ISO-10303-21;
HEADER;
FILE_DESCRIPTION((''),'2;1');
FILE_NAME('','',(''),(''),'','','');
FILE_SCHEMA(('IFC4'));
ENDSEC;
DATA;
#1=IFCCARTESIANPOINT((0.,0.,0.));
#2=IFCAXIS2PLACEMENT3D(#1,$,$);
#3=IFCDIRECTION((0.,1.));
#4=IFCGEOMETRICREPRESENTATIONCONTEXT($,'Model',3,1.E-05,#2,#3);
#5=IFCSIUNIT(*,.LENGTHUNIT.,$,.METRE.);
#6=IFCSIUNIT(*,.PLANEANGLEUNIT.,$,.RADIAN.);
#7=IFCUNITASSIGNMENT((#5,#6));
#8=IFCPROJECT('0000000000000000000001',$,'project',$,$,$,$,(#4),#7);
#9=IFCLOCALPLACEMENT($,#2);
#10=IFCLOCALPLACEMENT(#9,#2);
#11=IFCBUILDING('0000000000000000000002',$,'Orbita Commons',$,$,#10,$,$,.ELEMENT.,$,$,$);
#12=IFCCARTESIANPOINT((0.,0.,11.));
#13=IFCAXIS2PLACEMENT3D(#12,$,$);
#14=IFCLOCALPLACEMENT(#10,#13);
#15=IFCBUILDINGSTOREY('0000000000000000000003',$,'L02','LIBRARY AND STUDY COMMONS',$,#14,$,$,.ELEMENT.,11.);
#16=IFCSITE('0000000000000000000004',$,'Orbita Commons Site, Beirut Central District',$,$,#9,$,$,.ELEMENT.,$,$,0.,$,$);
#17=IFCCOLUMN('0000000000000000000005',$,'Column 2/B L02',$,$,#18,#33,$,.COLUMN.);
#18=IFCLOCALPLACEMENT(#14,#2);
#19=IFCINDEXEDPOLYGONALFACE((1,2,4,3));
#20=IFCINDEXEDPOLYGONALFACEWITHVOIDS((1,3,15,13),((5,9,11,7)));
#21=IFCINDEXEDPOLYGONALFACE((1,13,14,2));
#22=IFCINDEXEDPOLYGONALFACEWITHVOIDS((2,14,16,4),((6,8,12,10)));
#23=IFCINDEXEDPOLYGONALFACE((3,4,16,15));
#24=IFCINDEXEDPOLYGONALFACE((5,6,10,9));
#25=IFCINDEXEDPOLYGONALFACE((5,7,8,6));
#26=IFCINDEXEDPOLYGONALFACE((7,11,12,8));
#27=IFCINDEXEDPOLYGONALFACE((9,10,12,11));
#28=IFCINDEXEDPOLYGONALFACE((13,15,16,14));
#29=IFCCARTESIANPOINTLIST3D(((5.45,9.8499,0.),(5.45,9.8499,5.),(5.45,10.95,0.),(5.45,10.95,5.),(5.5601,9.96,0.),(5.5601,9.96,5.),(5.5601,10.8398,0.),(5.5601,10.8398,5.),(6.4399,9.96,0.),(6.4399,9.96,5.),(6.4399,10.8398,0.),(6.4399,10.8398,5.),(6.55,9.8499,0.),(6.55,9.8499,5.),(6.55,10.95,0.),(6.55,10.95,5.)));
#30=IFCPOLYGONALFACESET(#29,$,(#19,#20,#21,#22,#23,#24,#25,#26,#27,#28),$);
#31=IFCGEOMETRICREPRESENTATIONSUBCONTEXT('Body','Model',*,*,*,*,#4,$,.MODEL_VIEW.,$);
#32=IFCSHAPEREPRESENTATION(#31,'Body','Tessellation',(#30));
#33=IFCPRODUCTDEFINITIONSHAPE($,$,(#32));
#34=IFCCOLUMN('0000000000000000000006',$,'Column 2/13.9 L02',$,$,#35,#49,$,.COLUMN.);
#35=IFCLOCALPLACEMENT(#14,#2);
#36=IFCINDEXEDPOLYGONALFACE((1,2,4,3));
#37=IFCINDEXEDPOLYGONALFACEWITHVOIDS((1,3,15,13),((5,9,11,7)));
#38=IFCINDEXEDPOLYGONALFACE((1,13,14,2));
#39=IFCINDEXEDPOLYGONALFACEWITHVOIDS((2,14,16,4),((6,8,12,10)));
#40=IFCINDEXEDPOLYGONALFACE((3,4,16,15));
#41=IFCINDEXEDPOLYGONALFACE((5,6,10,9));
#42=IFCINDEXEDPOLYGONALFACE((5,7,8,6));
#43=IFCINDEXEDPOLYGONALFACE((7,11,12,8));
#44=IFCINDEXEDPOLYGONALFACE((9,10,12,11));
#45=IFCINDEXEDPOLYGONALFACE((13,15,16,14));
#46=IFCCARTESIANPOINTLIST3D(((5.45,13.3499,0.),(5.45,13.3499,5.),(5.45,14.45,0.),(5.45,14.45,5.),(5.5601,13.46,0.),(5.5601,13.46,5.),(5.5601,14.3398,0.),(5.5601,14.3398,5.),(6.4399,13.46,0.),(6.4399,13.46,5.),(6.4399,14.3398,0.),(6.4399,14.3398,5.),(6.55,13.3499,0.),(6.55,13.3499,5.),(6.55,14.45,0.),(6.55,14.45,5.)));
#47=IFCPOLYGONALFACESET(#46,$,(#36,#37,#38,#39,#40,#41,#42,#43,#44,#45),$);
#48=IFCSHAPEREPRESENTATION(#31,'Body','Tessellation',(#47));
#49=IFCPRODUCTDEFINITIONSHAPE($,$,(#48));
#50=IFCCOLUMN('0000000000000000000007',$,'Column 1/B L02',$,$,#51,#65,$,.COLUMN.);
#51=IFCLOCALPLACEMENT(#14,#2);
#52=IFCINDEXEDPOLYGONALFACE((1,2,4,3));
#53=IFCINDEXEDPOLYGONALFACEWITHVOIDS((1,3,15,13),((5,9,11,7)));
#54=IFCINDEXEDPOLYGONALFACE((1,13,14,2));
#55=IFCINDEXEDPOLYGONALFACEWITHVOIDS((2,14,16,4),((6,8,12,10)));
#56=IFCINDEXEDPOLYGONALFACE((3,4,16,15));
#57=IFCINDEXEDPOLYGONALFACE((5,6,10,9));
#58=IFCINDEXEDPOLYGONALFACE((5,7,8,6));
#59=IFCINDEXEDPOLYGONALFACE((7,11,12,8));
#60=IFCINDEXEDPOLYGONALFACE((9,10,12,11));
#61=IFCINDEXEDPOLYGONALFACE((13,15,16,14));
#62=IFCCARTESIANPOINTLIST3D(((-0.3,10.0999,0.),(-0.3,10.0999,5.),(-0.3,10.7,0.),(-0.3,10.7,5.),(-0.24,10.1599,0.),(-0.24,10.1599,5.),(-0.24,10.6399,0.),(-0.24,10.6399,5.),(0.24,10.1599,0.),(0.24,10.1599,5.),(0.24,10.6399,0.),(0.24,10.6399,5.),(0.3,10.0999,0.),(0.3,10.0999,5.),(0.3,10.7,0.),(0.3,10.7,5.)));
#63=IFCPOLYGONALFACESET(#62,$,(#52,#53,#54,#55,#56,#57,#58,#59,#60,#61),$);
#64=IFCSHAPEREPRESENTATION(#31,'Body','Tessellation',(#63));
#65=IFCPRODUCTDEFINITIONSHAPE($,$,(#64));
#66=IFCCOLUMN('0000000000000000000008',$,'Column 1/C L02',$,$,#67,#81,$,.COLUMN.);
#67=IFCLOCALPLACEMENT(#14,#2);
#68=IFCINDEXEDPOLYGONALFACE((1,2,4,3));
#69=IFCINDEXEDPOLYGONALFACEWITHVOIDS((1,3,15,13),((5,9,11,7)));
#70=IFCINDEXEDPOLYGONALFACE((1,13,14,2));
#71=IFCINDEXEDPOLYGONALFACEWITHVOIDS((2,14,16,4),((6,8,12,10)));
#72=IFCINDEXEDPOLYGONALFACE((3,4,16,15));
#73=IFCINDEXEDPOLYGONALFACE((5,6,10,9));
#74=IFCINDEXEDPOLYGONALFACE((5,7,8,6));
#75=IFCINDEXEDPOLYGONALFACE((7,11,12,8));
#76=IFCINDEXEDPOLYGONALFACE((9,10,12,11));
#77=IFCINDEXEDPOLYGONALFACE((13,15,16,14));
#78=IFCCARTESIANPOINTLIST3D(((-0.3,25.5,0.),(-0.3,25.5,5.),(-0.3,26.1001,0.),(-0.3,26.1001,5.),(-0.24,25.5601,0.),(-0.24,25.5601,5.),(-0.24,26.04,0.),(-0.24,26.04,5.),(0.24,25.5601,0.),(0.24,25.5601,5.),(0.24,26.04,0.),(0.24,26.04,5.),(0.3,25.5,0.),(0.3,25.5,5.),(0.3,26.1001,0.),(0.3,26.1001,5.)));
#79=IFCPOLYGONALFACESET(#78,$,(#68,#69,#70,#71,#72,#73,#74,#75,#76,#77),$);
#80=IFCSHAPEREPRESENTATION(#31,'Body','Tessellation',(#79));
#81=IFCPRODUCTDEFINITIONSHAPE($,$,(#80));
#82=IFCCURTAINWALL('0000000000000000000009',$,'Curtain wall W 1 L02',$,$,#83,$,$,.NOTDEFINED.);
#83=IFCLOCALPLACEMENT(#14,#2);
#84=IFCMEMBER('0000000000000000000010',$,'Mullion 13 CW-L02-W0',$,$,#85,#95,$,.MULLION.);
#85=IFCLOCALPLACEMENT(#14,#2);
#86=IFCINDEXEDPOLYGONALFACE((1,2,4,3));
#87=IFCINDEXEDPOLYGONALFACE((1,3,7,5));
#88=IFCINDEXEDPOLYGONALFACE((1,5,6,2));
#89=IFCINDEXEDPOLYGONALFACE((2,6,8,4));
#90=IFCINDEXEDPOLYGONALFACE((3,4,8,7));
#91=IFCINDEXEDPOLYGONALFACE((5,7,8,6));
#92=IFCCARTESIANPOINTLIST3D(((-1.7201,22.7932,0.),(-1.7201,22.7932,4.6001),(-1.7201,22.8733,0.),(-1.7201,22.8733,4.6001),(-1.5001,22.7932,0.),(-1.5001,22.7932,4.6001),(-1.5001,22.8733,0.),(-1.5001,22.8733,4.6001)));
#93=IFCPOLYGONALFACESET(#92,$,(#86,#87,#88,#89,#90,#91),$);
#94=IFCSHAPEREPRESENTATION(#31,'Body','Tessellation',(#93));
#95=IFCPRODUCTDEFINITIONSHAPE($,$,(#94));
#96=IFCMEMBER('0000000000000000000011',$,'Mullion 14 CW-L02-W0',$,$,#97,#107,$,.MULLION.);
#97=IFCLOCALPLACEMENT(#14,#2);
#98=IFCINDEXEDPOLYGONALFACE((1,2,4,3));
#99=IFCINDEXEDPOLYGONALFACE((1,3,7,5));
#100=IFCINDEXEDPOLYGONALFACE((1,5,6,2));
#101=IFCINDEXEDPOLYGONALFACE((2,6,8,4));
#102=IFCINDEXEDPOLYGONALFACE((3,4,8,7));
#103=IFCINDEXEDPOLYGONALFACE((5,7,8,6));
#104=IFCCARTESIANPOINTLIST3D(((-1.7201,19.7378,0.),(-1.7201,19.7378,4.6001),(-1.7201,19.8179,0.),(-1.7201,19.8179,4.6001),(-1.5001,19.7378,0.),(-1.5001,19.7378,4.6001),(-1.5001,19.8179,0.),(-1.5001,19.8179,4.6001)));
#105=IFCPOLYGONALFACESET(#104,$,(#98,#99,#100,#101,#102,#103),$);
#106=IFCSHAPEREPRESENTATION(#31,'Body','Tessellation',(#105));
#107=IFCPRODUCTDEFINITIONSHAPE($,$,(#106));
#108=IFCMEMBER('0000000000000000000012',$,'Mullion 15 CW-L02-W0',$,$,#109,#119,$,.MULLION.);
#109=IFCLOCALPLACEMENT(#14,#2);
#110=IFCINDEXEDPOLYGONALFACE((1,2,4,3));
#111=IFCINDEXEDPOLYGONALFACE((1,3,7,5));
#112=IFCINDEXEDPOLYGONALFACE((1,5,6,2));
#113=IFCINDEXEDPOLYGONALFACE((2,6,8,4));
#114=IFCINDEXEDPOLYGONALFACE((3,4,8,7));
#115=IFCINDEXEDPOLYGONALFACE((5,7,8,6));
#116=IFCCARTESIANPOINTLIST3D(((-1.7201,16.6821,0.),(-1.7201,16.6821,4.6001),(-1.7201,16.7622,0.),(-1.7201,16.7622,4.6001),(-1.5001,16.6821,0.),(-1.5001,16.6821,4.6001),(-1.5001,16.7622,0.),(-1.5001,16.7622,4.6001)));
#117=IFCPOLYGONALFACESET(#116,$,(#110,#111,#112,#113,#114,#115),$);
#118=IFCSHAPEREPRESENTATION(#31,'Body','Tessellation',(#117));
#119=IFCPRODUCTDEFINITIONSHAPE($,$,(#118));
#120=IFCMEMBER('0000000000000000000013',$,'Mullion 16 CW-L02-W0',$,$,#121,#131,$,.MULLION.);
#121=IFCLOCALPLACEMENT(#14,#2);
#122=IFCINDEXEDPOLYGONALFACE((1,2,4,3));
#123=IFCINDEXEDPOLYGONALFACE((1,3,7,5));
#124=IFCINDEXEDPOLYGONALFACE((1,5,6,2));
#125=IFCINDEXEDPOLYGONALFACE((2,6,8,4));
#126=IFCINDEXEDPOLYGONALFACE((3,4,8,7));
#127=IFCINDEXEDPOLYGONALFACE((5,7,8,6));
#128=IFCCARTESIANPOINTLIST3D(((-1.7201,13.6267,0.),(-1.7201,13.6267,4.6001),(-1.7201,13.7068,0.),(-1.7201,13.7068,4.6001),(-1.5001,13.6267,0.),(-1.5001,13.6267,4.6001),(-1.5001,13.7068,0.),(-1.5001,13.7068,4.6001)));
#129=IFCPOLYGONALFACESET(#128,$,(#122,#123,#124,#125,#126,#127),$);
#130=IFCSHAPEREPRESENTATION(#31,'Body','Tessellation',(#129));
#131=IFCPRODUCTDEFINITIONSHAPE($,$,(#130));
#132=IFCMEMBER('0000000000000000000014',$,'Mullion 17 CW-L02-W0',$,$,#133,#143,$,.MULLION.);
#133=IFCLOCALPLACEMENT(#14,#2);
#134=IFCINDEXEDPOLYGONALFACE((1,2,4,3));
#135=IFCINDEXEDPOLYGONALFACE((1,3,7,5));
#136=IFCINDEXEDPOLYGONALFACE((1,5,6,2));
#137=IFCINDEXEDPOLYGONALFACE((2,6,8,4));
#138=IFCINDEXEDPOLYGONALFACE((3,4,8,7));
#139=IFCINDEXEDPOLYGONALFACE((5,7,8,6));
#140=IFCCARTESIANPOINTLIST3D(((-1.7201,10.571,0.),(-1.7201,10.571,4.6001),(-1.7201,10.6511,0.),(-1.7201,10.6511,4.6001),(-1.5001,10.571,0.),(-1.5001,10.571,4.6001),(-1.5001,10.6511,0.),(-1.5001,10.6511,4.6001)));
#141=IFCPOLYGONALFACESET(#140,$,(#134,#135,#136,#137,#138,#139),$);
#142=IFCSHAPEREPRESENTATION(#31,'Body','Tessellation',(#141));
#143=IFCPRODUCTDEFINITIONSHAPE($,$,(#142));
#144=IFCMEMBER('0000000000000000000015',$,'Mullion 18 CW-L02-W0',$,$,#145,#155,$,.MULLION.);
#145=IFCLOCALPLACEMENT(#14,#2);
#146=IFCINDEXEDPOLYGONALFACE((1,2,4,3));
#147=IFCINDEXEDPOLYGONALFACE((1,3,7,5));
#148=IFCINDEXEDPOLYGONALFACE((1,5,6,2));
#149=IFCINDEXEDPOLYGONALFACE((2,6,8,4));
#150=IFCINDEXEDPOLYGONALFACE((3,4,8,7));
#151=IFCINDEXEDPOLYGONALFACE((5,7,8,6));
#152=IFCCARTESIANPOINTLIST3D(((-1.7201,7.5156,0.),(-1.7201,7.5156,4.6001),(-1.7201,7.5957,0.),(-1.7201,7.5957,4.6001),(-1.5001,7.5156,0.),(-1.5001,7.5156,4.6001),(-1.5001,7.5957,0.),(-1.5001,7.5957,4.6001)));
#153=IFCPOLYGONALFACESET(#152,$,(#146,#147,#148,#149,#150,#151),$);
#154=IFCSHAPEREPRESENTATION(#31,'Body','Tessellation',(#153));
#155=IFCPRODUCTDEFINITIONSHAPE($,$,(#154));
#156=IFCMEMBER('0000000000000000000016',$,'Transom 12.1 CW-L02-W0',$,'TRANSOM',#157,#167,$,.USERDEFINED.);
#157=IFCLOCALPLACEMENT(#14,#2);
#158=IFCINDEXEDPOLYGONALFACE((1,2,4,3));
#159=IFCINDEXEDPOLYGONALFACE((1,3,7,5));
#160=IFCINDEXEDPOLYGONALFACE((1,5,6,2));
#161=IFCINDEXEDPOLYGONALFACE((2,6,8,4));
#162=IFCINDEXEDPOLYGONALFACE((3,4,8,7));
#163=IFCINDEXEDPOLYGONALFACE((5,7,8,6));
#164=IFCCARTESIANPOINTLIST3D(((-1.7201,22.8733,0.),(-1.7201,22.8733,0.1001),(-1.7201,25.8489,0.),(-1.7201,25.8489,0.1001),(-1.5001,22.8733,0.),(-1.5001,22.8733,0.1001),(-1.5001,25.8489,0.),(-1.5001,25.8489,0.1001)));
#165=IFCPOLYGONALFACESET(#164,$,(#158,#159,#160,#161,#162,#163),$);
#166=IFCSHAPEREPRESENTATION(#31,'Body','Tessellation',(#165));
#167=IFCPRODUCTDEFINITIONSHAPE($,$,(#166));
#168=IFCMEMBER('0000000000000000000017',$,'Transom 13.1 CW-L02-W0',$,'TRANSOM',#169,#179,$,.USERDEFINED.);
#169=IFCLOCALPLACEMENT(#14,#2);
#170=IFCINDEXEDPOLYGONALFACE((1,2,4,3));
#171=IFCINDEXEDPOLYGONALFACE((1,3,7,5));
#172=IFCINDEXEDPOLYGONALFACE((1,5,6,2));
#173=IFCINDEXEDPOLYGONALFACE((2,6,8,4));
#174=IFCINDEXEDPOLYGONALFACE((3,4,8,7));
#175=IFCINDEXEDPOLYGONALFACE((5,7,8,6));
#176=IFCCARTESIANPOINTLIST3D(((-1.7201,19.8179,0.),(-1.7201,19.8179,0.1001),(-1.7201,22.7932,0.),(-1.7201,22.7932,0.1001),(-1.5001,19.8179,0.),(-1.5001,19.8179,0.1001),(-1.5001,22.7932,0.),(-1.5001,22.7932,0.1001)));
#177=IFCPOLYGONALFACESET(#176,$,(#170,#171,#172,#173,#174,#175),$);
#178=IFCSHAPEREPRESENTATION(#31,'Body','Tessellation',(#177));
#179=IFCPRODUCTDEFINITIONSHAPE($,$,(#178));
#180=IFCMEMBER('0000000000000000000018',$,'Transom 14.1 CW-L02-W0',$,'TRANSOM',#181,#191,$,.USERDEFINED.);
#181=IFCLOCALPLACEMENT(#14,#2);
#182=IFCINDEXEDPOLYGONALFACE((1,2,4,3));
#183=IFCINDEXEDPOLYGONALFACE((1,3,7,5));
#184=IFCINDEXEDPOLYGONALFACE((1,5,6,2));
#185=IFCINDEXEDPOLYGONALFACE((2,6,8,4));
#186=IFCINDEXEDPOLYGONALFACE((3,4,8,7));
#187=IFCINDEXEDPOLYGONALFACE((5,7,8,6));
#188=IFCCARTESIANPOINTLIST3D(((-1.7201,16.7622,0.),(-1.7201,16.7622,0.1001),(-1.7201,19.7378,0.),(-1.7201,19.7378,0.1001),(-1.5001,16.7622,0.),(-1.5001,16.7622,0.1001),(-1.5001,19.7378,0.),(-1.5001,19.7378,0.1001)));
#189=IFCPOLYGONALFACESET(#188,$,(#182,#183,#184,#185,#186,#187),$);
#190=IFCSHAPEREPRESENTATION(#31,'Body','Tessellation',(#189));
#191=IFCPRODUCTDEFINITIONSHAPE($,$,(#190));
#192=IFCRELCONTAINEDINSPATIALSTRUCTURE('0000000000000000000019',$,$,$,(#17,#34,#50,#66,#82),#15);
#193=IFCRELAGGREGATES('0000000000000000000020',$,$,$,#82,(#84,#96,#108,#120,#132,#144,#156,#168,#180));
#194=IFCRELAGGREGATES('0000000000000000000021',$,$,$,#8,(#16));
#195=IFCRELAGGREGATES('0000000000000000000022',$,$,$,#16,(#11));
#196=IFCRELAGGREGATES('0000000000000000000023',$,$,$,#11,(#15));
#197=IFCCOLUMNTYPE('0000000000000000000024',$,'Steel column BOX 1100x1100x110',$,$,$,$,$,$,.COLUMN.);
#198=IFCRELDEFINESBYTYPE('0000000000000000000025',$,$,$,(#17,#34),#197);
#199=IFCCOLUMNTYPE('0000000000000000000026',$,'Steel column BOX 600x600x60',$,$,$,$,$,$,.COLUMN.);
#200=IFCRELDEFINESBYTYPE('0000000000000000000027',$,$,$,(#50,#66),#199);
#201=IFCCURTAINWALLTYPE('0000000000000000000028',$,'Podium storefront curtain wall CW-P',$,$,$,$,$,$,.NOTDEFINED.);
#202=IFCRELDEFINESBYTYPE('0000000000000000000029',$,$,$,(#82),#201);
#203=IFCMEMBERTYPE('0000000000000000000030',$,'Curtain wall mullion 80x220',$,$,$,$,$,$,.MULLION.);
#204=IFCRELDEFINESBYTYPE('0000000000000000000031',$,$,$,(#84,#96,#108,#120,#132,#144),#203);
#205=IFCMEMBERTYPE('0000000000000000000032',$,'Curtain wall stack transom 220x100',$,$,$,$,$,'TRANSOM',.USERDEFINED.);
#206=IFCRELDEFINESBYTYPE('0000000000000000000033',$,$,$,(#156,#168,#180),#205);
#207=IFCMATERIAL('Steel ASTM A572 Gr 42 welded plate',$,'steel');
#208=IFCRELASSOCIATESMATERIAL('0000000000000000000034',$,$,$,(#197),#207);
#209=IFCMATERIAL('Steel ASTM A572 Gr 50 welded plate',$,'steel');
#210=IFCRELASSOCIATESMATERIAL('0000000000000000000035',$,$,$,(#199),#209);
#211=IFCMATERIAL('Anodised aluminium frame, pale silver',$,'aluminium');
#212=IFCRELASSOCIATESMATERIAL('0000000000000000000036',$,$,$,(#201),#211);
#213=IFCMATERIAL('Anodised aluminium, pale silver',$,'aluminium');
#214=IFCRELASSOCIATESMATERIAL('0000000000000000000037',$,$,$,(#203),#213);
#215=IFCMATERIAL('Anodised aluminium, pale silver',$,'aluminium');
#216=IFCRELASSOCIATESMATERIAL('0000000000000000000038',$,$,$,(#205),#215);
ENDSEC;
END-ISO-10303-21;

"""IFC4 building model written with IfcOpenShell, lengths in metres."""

from ifc_helpers import new_model, si_unit, direction, frame, origin, origin_2d, place, context, subcontext, project, spatial, rectangle, hollow_rectangle, extrude, material, material_profile, profile_set, type_object, element, aggregate, save


model = new_model("IFC4")

# Units and contexts
model_context = context("Model", 3, precision=1e-05, world=origin(), true_north=direction((0.0, 1.0)))
body_context = subcontext(model_context, "Body", "Model", "MODEL_VIEW")
ifc_project = project(units=[si_unit("LENGTHUNIT", "METRE"), si_unit("PLANEANGLEUNIT", "RADIAN")], contexts=[model_context])

# Site, building, storey
site_placement = place(None, origin())
site = spatial("IfcSite", under=ifc_project, at=site_placement, Name="Orbita Commons Site, Beirut Central District", CompositionType="ELEMENT", RefElevation=0.0)
building_placement = place(site_placement, origin())
building = spatial("IfcBuilding", under=site, at=building_placement, Name="Orbita Commons", CompositionType="ELEMENT")
storey_placement = place(building_placement, frame((0.0, 0.0, 11.0)))
storey = spatial("IfcBuildingStorey", under=building, at=storey_placement, Name="L02", Description="LIBRARY AND STUDY COMMONS", CompositionType="ELEMENT", Elevation=11.0)

# Columns
ifc_material_1 = material(Name="Steel ASTM A572 Gr 42 welded plate", Category="steel")
ifc_material_profile_1 = material_profile(ifc_material_1, hollow_rectangle(XDim=1.1001, YDim=1.1001, WallThickness=0.1101, at=origin_2d()), Name="BOX 1100x1100x110")
ifc_profile_set_1 = profile_set([ifc_material_profile_1], Name="Steel ASTM A572 Gr 42 welded plate")
column_type_1 = type_object("IfcColumnType", Name="Steel column BOX 1100x1100x110", PredefinedType="COLUMN", material=ifc_profile_set_1)
for number, where, z_axis, x_axis, name in (
    (1, (6.0, 10.3999, 0.0), (0.0, 0.0, 1.0), (1.0, 0.0, 0.0), "Column 2/B L02"),
    (2, (6.0, 13.8999, 0.0), (0.0, 0.0, 1.0), (1.0, 0.0, 0.0), "Column 2/13.9 L02"),
):
    element("IfcColumn", number, at=place(storey_placement, frame(where, z_axis=z_axis, x_axis=x_axis)), inside=storey, type_object=column_type_1, Name=name, PredefinedType="COLUMN", context=body_context, shape_type="SweptSolid", body=[
        extrude(hollow_rectangle(XDim=1.1001, YDim=1.1001, WallThickness=0.1101, at=origin_2d()), origin(), (0.0, 0.0, 1.0), 5.0),
    ])
ifc_material_2 = material(Name="Steel ASTM A572 Gr 50 welded plate", Category="steel")
ifc_material_profile_2 = material_profile(ifc_material_2, hollow_rectangle(XDim=0.6001, YDim=0.6001, WallThickness=0.0601, at=origin_2d()), Name="BOX 600x600x60")
ifc_profile_set_2 = profile_set([ifc_material_profile_2], Name="Steel ASTM A572 Gr 50 welded plate")
column_type_2 = type_object("IfcColumnType", Name="Steel column BOX 600x600x60", PredefinedType="COLUMN", material=ifc_profile_set_2)
for number, where, z_axis, x_axis, name in (
    (3, (0.0, 10.3999, 0.0), (0.0, 0.0, 1.0), (1.0, 0.0, 0.0), "Column 1/B L02"),
    (4, (0.0, 25.8, 0.0), (0.0, 0.0, 1.0), (1.0, 0.0, 0.0), "Column 1/C L02"),
):
    element("IfcColumn", number, at=place(storey_placement, frame(where, z_axis=z_axis, x_axis=x_axis)), inside=storey, type_object=column_type_2, Name=name, PredefinedType="COLUMN", context=body_context, shape_type="SweptSolid", body=[
        extrude(hollow_rectangle(XDim=0.6001, YDim=0.6001, WallThickness=0.0601, at=origin_2d()), origin(), (0.0, 0.0, 1.0), 5.0),
    ])

# Curtain wall, members
ifc_material_3 = material(Name="Anodised aluminium frame, pale silver", Category="aluminium")
curtain_wall_type = type_object("IfcCurtainWallType", Name="Podium storefront curtain wall CW-P", PredefinedType="NOTDEFINED", material=ifc_material_3)
curtain_wall_placement = place(storey_placement, origin())
curtain_wall = element("IfcCurtainWall", 5, at=curtain_wall_placement, inside=storey, type_object=curtain_wall_type, Name="Curtain wall W 1 L02", PredefinedType="NOTDEFINED")
ifc_material_4 = material(Name="Anodised aluminium, pale silver", Category="aluminium")
ifc_material_profile_3 = material_profile(ifc_material_4, rectangle(XDim=0.0801, YDim=0.22, at=origin_2d()), Name="AL 80x220")
ifc_profile_set_3 = profile_set([ifc_material_profile_3], Name="Anodised aluminium, pale silver")
member_type_1 = type_object("IfcMemberType", Name="Curtain wall mullion 80x220", PredefinedType="MULLION", material=ifc_profile_set_3)
member_1_placement = place(storey_placement, frame((-1.6101, 22.8333, 0.0), z_axis=(0.0, 0.0, 1.0), x_axis=(0.0, -1.0, 0.0)))
member_1 = element("IfcMember", 6, at=member_1_placement, type_object=member_type_1, Name="Mullion 13 CW-L02-W0", PredefinedType="MULLION", context=body_context, shape_type="SweptSolid", body=[
    extrude(rectangle(XDim=0.0801, YDim=0.22, at=origin_2d()), origin(), (0.0, 0.0, 1.0), 4.6001),
])
member_2_placement = place(storey_placement, frame((-1.6101, 19.7778, 0.0), z_axis=(0.0, 0.0, 1.0), x_axis=(0.0, -1.0, 0.0)))
member_2 = element("IfcMember", 7, at=member_2_placement, type_object=member_type_1, Name="Mullion 14 CW-L02-W0", PredefinedType="MULLION", context=body_context, shape_type="SweptSolid", body=[
    extrude(rectangle(XDim=0.0801, YDim=0.22, at=origin_2d()), origin(), (0.0, 0.0, 1.0), 4.6001),
])
member_3_placement = place(storey_placement, frame((-1.6101, 16.7222, 0.0), z_axis=(0.0, 0.0, 1.0), x_axis=(0.0, -1.0, 0.0)))
member_3 = element("IfcMember", 8, at=member_3_placement, type_object=member_type_1, Name="Mullion 15 CW-L02-W0", PredefinedType="MULLION", context=body_context, shape_type="SweptSolid", body=[
    extrude(rectangle(XDim=0.0801, YDim=0.22, at=origin_2d()), origin(), (0.0, 0.0, 1.0), 4.6001),
])
member_4_placement = place(storey_placement, frame((-1.6101, 13.6667, 0.0), z_axis=(0.0, 0.0, 1.0), x_axis=(0.0, -1.0, 0.0)))
member_4 = element("IfcMember", 9, at=member_4_placement, type_object=member_type_1, Name="Mullion 16 CW-L02-W0", PredefinedType="MULLION", context=body_context, shape_type="SweptSolid", body=[
    extrude(rectangle(XDim=0.0801, YDim=0.22, at=origin_2d()), origin(), (0.0, 0.0, 1.0), 4.6001),
])
member_5_placement = place(storey_placement, frame((-1.6101, 10.6111, 0.0), z_axis=(0.0, 0.0, 1.0), x_axis=(0.0, -1.0, 0.0)))
member_5 = element("IfcMember", 10, at=member_5_placement, type_object=member_type_1, Name="Mullion 17 CW-L02-W0", PredefinedType="MULLION", context=body_context, shape_type="SweptSolid", body=[
    extrude(rectangle(XDim=0.0801, YDim=0.22, at=origin_2d()), origin(), (0.0, 0.0, 1.0), 4.6001),
])
member_6_placement = place(storey_placement, frame((-1.6101, 7.5557, 0.0), z_axis=(0.0, 0.0, 1.0), x_axis=(0.0, -1.0, 0.0)))
member_6 = element("IfcMember", 11, at=member_6_placement, type_object=member_type_1, Name="Mullion 18 CW-L02-W0", PredefinedType="MULLION", context=body_context, shape_type="SweptSolid", body=[
    extrude(rectangle(XDim=0.0801, YDim=0.22, at=origin_2d()), origin(), (0.0, 0.0, 1.0), 4.6001),
])
ifc_material_5 = material(Name="Anodised aluminium, pale silver", Category="aluminium")
ifc_material_profile_4 = material_profile(ifc_material_5, rectangle(XDim=0.22, YDim=0.1001, at=origin_2d()), Name="AL 220x100")
ifc_profile_set_4 = profile_set([ifc_material_profile_4], Name="Anodised aluminium, pale silver")
member_type_2 = type_object("IfcMemberType", Name="Curtain wall stack transom 220x100", ElementType="TRANSOM", PredefinedType="USERDEFINED", material=ifc_profile_set_4)
member_7_placement = place(storey_placement, frame((-1.6101, 25.8489, 0.05), z_axis=(0.0, -1.0, 0.0), x_axis=(1.0, 0.0, 0.0)))
member_7 = element("IfcMember", 12, at=member_7_placement, type_object=member_type_2, Name="Transom 12.1 CW-L02-W0", ObjectType="TRANSOM", PredefinedType="USERDEFINED", context=body_context, shape_type="SweptSolid", body=[
    extrude(rectangle(XDim=0.22, YDim=0.1001, at=origin_2d()), origin(), (0.0, 0.0, 1.0), 2.9756),
])
member_8_placement = place(storey_placement, frame((-1.6101, 22.7932, 0.05), z_axis=(0.0, -1.0, 0.0), x_axis=(1.0, 0.0, 0.0)))
member_8 = element("IfcMember", 13, at=member_8_placement, type_object=member_type_2, Name="Transom 13.1 CW-L02-W0", ObjectType="TRANSOM", PredefinedType="USERDEFINED", context=body_context, shape_type="SweptSolid", body=[
    extrude(rectangle(XDim=0.22, YDim=0.1001, at=origin_2d()), origin(), (0.0, 0.0, 1.0), 2.9753),
])
member_9_placement = place(storey_placement, frame((-1.6101, 19.7378, 0.05), z_axis=(0.0, -1.0, 0.0), x_axis=(1.0, 0.0, 0.0)))
member_9 = element("IfcMember", 14, at=member_9_placement, type_object=member_type_2, Name="Transom 14.1 CW-L02-W0", ObjectType="TRANSOM", PredefinedType="USERDEFINED", context=body_context, shape_type="SweptSolid", body=[
    extrude(rectangle(XDim=0.22, YDim=0.1001, at=origin_2d()), origin(), (0.0, 0.0, 1.0), 2.9756),
])

aggregate(curtain_wall, [member_1, member_2, member_3, member_4, member_5, member_6, member_7, member_8, member_9])

save(model, "model.ifc")
